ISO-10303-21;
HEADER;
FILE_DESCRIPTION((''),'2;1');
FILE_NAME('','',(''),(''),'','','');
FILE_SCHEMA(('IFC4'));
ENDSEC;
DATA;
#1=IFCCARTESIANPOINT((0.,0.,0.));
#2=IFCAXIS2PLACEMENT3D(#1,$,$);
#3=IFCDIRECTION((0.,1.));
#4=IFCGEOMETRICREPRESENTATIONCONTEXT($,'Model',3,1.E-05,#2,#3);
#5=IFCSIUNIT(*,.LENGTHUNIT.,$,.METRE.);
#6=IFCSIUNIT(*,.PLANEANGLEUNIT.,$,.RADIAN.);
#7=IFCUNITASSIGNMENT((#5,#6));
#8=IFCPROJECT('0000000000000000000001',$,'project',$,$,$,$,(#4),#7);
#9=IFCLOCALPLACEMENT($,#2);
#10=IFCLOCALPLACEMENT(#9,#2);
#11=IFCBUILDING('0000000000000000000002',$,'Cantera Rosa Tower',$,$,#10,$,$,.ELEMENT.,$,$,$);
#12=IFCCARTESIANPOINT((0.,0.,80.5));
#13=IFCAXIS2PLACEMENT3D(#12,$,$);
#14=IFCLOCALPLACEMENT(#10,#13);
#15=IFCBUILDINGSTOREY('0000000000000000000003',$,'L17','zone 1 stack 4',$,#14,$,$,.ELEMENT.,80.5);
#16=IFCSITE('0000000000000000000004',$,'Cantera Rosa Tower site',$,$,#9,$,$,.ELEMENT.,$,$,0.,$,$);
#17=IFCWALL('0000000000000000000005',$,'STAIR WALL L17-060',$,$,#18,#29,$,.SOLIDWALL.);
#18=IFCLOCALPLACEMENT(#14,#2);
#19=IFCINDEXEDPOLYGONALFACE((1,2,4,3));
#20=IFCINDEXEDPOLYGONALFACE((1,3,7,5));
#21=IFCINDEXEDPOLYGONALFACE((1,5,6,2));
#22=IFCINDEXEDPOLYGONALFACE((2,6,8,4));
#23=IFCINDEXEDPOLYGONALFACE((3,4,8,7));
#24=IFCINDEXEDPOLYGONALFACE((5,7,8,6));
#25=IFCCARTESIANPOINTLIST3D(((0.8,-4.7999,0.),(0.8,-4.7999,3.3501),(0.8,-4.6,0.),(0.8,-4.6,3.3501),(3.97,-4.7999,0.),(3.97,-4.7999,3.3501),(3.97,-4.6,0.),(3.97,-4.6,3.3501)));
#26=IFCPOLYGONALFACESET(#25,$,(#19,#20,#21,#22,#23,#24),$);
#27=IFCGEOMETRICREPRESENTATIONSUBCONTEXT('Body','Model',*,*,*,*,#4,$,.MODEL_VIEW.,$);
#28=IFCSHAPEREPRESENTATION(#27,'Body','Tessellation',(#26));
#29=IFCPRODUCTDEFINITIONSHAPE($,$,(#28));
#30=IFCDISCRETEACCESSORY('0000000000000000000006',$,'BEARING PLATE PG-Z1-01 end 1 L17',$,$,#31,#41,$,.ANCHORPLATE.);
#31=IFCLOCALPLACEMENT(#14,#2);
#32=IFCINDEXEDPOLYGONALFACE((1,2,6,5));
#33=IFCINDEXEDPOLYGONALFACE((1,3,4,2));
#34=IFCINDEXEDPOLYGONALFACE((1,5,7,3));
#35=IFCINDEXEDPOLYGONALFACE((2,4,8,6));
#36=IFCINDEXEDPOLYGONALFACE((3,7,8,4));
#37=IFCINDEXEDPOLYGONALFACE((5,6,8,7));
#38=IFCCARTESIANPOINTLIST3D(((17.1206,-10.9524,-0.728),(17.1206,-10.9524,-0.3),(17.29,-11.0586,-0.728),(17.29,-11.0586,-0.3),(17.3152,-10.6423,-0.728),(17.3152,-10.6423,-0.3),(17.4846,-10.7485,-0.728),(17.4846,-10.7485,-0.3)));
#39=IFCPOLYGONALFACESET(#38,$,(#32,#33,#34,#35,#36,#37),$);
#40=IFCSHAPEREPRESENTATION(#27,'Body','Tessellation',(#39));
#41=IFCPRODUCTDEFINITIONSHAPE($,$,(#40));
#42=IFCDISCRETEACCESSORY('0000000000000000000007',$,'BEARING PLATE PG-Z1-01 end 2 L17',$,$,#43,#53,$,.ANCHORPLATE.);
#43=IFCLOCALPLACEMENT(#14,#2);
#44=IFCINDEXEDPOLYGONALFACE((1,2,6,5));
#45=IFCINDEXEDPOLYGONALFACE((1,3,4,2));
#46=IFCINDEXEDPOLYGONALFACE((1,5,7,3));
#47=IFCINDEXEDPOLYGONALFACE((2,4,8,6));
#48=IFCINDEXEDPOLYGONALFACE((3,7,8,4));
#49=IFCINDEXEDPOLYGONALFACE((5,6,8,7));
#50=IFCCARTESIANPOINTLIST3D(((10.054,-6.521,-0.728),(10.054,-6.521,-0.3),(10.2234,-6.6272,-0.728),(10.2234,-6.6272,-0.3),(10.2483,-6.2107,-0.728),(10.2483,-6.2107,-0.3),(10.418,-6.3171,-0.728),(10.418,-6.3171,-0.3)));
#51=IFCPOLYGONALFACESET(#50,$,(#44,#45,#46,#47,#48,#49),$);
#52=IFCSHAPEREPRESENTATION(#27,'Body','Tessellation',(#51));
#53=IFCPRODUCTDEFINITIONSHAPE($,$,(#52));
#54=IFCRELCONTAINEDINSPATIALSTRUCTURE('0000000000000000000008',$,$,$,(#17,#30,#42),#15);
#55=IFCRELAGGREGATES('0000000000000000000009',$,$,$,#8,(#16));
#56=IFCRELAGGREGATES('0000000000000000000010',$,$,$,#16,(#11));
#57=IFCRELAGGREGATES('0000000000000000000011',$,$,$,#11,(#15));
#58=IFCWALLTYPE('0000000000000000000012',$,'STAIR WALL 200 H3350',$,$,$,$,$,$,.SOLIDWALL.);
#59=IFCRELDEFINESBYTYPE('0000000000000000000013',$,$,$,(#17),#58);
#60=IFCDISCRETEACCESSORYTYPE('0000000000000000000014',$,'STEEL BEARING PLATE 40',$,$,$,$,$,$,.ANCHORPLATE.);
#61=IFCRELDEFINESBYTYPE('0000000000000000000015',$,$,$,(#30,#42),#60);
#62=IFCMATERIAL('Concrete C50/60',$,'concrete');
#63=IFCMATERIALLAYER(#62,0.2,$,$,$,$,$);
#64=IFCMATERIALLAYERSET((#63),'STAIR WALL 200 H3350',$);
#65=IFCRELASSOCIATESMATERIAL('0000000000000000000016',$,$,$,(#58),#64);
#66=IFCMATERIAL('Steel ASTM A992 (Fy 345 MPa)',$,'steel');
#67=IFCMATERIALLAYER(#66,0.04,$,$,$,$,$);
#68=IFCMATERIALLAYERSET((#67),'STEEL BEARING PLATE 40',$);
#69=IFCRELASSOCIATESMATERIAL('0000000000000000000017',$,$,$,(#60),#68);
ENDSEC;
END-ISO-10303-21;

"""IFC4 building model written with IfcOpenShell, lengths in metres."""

from ifc_helpers import new_model, si_unit, direction, frame, frame_2d, origin, place, context, subcontext, project, spatial, polyline, rectangle, outline, extrude, material, layer, layer_set, type_object, element, save


model = new_model("IFC4")

# Units and contexts
model_context = context("Model", 3, precision=1e-05, world=origin(), true_north=direction((0.0, 1.0)))
body_context = subcontext(model_context, "Body", "Model", "MODEL_VIEW")
ifc_project = project(units=[si_unit("LENGTHUNIT", "METRE"), si_unit("PLANEANGLEUNIT", "RADIAN")], contexts=[model_context])

# Site, building, storey
site_placement = place(None, origin())
site = spatial("IfcSite", under=ifc_project, at=site_placement, Name="Cantera Rosa Tower site", CompositionType="ELEMENT", RefElevation=0.0)
building_placement = place(site_placement, origin())
building = spatial("IfcBuilding", under=site, at=building_placement, Name="Cantera Rosa Tower", CompositionType="ELEMENT")
storey_placement = place(building_placement, frame((0.0, 0.0, 80.5)))
storey = spatial("IfcBuildingStorey", under=building, at=storey_placement, Name="L17", Description="zone 1 stack 4", CompositionType="ELEMENT", Elevation=80.5)

# Shared definitions
ifc_material_1 = material(Name="Concrete C50/60", Category="concrete")
ifc_layer_1 = layer(ifc_material_1, 0.2)
ifc_layer_set_1 = layer_set([ifc_layer_1], Name="STAIR WALL 200 H3350")
wall_type_1 = type_object("IfcWallType", Name="STAIR WALL 200 H3350", PredefinedType="SOLIDWALL", material=ifc_layer_set_1)

# Wall
wall_1_placement = place(storey_placement, frame((3.97, -4.7, 0.0), z_axis=(0.0, 0.0, 1.0), x_axis=(-1.0, 0.0, 0.0)))
element("IfcWall", 1, at=wall_1_placement, inside=storey, type_object=wall_type_1, Name="STAIR WALL L17-060", PredefinedType="SOLIDWALL", context=body_context, shape_type="SweptSolid", body=[
    extrude(rectangle(XDim=3.1699, YDim=0.2, at=frame_2d((1.585, 0.0))), origin(), (0.0, 0.0, 1.0), 3.3501),
])

# Discrete accessories
ifc_material_2 = material(Name="Steel ASTM A992 (Fy 345 MPa)", Category="steel")
ifc_layer_2 = layer(ifc_material_2, 0.04)
ifc_layer_set_2 = layer_set([ifc_layer_2], Name="STEEL BEARING PLATE 40")
discrete_accessory_type = type_object("IfcDiscreteAccessoryType", Name="STEEL BEARING PLATE 40", PredefinedType="ANCHORPLATE", material=ifc_layer_set_2)
discrete_accessory_1_placement = place(storey_placement, frame((0.0, 0.0, -0.728)))
element("IfcDiscreteAccessory", 2, at=discrete_accessory_1_placement, inside=storey, type_object=discrete_accessory_type, Name="BEARING PLATE PG-Z1-01 end 1 L17", PredefinedType="ANCHORPLATE", context=body_context, shape_type="SweptSolid", body=[
    extrude(outline(polyline([(17.1206, -10.9524), (17.29, -11.0586), (17.4846, -10.7485), (17.3152, -10.6423), (17.1206, -10.9524)])), origin(), (0.0, 0.0, 1.0), 0.428),
])
discrete_accessory_2_placement = place(storey_placement, frame((0.0, 0.0, -0.728)))
element("IfcDiscreteAccessory", 3, at=discrete_accessory_2_placement, inside=storey, type_object=discrete_accessory_type, Name="BEARING PLATE PG-Z1-01 end 2 L17", PredefinedType="ANCHORPLATE", context=body_context, shape_type="SweptSolid", body=[
    extrude(outline(polyline([(10.418, -6.3171), (10.2483, -6.2107), (10.054, -6.521), (10.2234, -6.6272), (10.418, -6.3171)])), origin(), (0.0, 0.0, 1.0), 0.428),
])

save(model, "model.ifc")
